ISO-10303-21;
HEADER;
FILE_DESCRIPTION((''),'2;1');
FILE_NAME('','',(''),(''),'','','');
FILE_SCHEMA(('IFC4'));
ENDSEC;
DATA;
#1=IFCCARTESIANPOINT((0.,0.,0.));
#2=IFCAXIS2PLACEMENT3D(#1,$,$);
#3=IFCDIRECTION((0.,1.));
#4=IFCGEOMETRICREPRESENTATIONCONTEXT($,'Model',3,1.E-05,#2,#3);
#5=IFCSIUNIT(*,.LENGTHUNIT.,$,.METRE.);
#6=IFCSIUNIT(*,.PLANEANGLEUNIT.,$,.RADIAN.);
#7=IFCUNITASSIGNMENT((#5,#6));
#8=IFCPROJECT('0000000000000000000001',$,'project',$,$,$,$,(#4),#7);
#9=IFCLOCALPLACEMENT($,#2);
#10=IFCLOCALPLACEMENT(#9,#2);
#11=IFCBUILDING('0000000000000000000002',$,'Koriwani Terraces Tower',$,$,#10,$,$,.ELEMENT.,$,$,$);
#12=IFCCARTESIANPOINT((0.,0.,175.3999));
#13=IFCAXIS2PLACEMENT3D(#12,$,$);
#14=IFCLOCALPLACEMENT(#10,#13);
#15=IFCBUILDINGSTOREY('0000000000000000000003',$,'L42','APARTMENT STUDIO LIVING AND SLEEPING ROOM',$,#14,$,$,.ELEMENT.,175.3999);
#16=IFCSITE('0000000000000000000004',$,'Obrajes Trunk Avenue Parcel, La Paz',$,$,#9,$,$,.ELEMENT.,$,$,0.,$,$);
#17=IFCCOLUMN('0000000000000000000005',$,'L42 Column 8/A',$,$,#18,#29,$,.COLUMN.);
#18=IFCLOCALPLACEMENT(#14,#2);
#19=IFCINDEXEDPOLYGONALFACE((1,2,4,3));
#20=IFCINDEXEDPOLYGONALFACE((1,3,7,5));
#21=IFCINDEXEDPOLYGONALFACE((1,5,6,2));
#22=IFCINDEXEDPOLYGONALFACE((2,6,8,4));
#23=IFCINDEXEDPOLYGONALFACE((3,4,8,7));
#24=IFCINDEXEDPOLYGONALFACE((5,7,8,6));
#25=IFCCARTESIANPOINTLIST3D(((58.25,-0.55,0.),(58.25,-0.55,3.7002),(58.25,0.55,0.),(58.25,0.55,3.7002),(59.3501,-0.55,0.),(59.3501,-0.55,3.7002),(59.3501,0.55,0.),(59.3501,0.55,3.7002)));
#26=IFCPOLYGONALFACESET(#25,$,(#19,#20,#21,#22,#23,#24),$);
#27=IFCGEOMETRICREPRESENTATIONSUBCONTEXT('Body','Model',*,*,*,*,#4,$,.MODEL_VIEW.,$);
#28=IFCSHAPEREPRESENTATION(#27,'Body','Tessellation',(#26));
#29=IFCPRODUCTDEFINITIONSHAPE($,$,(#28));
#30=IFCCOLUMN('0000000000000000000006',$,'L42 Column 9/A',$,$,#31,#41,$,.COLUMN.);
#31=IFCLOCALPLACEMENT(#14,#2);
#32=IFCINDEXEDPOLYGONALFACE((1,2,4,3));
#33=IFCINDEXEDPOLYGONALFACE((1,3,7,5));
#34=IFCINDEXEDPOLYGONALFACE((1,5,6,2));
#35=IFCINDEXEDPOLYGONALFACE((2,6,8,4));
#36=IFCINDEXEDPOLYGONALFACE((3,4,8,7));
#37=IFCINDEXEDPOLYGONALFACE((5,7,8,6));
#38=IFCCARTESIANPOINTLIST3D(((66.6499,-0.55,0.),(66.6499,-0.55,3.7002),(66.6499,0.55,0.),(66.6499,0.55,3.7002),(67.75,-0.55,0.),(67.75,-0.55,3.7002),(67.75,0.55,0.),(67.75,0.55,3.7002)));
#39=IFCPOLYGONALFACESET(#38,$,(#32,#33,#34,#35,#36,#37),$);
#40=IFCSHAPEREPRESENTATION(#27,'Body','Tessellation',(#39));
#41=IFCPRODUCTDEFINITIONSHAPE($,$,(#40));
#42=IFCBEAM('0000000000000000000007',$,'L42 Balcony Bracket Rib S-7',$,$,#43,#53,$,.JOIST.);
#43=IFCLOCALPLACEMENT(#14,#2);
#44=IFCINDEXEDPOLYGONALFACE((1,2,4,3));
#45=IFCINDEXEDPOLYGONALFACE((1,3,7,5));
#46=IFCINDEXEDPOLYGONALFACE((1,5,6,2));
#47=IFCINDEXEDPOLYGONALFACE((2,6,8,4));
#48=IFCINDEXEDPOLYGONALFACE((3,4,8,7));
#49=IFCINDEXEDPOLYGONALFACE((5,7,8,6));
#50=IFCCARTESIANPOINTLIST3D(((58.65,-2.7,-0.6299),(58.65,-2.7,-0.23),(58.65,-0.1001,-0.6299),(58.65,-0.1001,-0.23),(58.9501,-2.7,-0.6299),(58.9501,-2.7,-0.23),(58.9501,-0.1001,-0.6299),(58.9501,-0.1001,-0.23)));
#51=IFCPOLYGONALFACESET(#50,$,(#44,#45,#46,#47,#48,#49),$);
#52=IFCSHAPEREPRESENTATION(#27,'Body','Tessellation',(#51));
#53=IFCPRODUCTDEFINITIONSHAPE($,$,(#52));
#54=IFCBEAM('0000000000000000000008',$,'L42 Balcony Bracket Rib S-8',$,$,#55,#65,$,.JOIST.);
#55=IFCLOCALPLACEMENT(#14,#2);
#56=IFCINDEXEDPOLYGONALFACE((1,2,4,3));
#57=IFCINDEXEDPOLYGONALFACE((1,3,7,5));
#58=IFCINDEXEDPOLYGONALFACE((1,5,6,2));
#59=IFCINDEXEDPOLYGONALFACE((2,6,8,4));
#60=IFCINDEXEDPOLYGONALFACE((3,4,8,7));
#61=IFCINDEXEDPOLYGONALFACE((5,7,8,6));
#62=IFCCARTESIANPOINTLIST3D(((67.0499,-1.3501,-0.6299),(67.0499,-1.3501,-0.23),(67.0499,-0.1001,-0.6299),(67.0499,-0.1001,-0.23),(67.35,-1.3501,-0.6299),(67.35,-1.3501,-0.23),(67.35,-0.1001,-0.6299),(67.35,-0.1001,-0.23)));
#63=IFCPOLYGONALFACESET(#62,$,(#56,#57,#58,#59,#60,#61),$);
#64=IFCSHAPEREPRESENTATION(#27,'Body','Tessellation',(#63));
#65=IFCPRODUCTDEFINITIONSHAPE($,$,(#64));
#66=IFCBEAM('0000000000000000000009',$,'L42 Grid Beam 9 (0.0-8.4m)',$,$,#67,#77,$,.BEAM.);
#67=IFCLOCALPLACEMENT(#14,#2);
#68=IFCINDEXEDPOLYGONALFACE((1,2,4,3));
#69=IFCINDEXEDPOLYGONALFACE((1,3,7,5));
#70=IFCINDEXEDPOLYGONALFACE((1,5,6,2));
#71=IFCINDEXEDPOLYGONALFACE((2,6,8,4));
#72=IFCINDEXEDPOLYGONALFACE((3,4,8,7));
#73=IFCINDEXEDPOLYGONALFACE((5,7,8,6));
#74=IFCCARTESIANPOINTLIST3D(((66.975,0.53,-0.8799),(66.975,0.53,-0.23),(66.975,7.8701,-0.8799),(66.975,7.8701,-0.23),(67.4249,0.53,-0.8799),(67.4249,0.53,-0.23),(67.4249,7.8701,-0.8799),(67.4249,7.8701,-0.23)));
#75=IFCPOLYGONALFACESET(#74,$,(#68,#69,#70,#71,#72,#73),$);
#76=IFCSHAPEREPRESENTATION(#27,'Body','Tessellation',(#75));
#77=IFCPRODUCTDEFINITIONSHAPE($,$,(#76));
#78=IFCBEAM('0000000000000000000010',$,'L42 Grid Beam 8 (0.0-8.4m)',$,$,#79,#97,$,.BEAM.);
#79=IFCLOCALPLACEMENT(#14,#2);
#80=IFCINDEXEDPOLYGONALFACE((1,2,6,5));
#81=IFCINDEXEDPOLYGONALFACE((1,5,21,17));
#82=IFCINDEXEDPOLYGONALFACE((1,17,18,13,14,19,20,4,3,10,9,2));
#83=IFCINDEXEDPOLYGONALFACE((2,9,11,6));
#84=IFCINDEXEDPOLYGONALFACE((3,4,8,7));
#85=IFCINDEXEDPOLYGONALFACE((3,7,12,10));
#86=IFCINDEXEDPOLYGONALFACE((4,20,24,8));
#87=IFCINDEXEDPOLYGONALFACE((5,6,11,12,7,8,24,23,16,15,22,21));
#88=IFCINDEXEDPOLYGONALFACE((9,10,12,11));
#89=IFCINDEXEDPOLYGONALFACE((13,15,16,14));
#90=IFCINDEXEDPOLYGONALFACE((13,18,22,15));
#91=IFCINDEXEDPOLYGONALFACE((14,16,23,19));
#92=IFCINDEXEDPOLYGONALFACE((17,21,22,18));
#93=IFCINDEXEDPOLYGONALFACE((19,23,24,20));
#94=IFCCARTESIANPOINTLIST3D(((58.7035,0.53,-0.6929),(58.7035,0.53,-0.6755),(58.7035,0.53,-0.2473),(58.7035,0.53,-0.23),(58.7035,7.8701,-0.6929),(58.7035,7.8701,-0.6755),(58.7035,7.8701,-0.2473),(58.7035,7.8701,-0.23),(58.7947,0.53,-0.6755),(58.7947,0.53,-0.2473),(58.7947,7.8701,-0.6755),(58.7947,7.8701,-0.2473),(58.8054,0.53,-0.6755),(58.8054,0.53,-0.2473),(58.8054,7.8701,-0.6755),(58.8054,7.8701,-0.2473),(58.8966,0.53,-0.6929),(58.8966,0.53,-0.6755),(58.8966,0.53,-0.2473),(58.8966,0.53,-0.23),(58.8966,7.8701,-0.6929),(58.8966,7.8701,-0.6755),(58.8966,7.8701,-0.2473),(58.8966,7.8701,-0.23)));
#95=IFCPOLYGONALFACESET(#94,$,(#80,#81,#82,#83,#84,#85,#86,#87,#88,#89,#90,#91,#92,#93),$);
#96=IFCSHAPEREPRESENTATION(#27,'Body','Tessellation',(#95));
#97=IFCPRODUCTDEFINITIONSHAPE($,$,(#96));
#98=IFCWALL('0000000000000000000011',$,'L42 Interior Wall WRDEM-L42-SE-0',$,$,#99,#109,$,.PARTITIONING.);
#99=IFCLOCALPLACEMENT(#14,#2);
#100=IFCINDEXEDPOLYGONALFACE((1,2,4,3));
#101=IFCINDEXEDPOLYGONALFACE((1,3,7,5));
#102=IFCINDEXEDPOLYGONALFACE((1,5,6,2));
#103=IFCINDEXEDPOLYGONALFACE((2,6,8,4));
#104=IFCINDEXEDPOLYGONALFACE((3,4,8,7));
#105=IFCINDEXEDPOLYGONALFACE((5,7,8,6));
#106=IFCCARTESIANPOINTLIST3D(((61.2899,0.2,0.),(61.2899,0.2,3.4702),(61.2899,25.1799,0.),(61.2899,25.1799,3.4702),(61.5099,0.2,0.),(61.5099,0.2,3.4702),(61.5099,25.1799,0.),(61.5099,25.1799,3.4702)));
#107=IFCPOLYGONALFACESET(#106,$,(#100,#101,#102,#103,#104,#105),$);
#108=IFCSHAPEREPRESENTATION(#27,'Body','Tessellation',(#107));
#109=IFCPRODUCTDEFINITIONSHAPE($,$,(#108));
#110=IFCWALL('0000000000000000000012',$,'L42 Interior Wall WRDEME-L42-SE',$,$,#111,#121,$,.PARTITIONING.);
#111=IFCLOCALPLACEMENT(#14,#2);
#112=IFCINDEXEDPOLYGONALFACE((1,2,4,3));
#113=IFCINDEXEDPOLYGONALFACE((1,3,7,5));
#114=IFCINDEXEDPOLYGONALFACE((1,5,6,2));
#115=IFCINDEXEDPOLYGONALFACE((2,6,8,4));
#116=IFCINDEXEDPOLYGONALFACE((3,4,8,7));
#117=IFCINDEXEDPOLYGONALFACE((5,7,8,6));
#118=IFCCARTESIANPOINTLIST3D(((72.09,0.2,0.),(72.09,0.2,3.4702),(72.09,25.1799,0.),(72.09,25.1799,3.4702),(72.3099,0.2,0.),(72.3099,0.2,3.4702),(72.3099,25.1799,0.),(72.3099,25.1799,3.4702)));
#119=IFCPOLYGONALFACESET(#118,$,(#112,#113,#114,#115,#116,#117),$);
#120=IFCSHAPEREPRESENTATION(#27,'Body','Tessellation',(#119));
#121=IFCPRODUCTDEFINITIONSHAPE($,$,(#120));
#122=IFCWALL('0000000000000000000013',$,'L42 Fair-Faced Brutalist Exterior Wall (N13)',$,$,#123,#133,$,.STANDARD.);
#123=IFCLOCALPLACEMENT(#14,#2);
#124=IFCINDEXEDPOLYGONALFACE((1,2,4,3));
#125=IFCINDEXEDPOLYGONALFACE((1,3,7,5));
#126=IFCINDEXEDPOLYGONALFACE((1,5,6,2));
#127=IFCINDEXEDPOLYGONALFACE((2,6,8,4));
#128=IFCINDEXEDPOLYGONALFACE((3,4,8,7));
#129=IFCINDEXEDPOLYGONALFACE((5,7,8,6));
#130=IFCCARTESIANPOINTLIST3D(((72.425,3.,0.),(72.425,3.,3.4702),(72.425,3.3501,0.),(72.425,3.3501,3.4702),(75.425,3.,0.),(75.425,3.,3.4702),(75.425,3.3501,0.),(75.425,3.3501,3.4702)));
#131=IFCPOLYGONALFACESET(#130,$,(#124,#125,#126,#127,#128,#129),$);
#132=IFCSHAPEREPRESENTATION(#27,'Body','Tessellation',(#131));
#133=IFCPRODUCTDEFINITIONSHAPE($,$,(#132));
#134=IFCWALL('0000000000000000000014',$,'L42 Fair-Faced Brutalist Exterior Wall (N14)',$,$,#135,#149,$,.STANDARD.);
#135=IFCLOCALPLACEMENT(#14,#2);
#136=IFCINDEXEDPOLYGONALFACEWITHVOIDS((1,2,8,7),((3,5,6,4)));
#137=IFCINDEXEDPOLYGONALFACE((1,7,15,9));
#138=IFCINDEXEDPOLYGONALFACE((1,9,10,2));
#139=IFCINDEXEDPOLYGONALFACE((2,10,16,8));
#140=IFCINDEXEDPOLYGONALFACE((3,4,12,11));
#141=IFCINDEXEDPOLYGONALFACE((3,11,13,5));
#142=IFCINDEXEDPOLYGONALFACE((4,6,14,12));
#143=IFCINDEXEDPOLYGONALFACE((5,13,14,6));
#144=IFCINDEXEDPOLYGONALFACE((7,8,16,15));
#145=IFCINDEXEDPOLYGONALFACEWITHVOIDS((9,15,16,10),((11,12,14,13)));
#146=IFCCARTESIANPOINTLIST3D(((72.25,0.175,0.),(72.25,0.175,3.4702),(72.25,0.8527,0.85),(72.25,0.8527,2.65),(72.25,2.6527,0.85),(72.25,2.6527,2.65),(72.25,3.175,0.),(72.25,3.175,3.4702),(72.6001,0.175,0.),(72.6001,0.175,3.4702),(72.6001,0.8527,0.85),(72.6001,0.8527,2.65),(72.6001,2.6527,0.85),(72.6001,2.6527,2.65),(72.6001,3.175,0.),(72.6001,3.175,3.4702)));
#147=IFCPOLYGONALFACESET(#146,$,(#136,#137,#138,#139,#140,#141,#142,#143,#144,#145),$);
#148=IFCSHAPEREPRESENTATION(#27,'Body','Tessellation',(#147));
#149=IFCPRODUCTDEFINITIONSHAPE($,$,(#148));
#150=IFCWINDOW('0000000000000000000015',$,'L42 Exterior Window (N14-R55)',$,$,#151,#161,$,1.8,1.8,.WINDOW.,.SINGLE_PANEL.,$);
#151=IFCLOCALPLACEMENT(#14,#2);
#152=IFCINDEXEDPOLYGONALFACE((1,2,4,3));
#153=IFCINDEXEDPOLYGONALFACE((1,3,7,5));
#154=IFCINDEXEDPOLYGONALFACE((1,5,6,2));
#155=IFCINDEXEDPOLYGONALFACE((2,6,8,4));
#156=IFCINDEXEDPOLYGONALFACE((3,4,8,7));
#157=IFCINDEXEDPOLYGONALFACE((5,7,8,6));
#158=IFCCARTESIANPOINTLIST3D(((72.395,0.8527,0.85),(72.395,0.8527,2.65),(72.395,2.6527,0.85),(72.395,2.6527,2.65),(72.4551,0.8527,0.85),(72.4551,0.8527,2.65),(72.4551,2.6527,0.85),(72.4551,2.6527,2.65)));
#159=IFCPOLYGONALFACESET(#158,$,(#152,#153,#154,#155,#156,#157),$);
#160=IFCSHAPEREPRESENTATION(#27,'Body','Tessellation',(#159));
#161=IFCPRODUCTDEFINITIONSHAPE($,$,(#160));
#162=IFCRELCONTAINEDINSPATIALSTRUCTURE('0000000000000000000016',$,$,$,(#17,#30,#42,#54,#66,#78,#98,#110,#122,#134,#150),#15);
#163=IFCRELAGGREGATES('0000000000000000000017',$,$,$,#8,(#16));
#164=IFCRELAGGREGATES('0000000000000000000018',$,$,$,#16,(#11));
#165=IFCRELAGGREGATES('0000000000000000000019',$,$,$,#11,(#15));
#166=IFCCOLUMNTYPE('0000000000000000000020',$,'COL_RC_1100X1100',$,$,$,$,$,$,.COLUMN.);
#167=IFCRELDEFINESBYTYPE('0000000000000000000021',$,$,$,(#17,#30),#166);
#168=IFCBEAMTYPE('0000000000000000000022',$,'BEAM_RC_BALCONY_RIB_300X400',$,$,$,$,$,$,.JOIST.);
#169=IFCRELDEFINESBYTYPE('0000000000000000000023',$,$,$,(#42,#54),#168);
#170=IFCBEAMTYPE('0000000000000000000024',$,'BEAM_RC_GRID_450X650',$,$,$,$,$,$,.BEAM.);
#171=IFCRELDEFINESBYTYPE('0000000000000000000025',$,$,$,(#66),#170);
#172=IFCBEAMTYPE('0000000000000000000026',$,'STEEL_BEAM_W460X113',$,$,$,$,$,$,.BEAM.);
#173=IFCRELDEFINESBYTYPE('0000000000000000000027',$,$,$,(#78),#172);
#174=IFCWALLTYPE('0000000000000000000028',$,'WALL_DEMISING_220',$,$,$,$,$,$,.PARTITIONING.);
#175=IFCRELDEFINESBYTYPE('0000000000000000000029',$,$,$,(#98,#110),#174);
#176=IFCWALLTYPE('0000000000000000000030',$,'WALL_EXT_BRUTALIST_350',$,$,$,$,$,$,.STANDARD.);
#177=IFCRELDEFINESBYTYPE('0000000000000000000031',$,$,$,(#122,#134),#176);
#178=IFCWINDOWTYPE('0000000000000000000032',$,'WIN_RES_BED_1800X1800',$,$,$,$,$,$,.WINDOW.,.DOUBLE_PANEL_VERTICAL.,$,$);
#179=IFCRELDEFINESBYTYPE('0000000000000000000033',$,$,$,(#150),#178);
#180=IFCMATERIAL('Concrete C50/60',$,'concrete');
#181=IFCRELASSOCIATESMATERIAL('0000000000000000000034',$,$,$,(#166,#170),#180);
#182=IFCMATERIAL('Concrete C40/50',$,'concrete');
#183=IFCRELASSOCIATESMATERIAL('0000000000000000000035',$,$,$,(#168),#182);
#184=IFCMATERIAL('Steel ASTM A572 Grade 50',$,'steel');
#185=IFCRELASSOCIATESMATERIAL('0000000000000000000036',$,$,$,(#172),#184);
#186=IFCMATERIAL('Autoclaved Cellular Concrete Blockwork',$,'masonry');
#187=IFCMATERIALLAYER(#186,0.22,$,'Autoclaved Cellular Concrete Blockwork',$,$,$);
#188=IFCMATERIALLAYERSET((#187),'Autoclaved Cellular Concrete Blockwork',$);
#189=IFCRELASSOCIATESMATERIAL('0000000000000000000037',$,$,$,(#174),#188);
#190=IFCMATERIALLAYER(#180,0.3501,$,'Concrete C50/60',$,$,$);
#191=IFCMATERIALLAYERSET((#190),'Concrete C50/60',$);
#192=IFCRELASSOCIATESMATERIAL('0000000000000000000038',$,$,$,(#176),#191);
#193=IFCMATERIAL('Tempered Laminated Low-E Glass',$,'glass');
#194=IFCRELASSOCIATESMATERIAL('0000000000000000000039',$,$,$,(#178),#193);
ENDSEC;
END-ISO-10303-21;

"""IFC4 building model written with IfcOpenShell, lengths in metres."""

from ifc_helpers import new_model, si_unit, direction, frame, frame_2d, origin, origin_2d, place, context, subcontext, project, spatial, rectangle, i_section, extrude, material, layer, layer_set, material_profile, profile_set, type_object, element, fill, save


model = new_model("IFC4")

# Units and contexts
model_context = context("Model", 3, precision=1e-05, world=origin(), true_north=direction((0.0, 1.0)))
body_context = subcontext(model_context, "Body", "Model", "MODEL_VIEW")
ifc_project = project(units=[si_unit("LENGTHUNIT", "METRE"), si_unit("PLANEANGLEUNIT", "RADIAN")], contexts=[model_context])

# Site, building, storey
site_placement = place(None, origin())
site = spatial("IfcSite", under=ifc_project, at=site_placement, Name="Obrajes Trunk Avenue Parcel, La Paz", CompositionType="ELEMENT", RefElevation=0.0)
building_placement = place(site_placement, origin())
building = spatial("IfcBuilding", under=site, at=building_placement, Name="Koriwani Terraces Tower", CompositionType="ELEMENT")
storey_placement = place(building_placement, frame((0.0, 0.0, 175.3999)))
storey = spatial("IfcBuildingStorey", under=building, at=storey_placement, Name="L42", Description="APARTMENT STUDIO LIVING AND SLEEPING ROOM", CompositionType="ELEMENT", Elevation=175.3999)

# Columns
ifc_material_1 = material(Name="Concrete C50/60", Category="concrete")
ifc_material_profile_1 = material_profile(ifc_material_1, rectangle(XDim=1.1001, YDim=1.1001, at=origin_2d()), Name="Concrete C50/60", Category="LoadBearing")
ifc_profile_set_1 = profile_set([ifc_material_profile_1], Name="Concrete C50/60")
column_type = type_object("IfcColumnType", Name="COL_RC_1100X1100", PredefinedType="COLUMN", material=ifc_profile_set_1)
for number, where, z_axis, x_axis, name in (
    (1, (58.8, 0.0, 0.0), (0.0, 0.0, 1.0), (1.0, 0.0, 0.0), "L42 Column 8/A"),
    (2, (67.2, 0.0, 0.0), (0.0, 0.0, 1.0), (1.0, 0.0, 0.0), "L42 Column 9/A"),
):
    element("IfcColumn", number, at=place(storey_placement, frame(where, z_axis=z_axis, x_axis=x_axis)), inside=storey, type_object=column_type, Name=name, PredefinedType="COLUMN", context=body_context, shape_type="SweptSolid", body=[
        extrude(rectangle(XDim=1.1001, YDim=1.1001, at=origin_2d()), origin(), (0.0, 0.0, 1.0), 3.7002),
    ])

# Beams
ifc_material_2 = material(Name="Concrete C40/50", Category="concrete")
ifc_material_profile_2 = material_profile(ifc_material_2, rectangle(XDim=0.3, YDim=0.3999, at=origin_2d()), Name="Concrete C40/50", Category="LoadBearing")
ifc_profile_set_2 = profile_set([ifc_material_profile_2], Name="Concrete C40/50")
beam_type_1 = type_object("IfcBeamType", Name="BEAM_RC_BALCONY_RIB_300X400", PredefinedType="JOIST", material=ifc_profile_set_2)
beam_1_placement = place(storey_placement, frame((58.8, -2.7, -0.4299), z_axis=(0.0, 1.0, 0.0), x_axis=(-1.0, 0.0, 0.0)))
element("IfcBeam", 3, at=beam_1_placement, inside=storey, type_object=beam_type_1, Name="L42 Balcony Bracket Rib S-7", PredefinedType="JOIST", context=body_context, shape_type="SweptSolid", body=[
    extrude(rectangle(XDim=0.3, YDim=0.3999, at=origin_2d()), origin(), (0.0, 0.0, 1.0), 2.5999),
])
beam_2_placement = place(storey_placement, frame((67.2, -1.3501, -0.4299), z_axis=(0.0, 1.0, 0.0), x_axis=(-1.0, 0.0, 0.0)))
element("IfcBeam", 4, at=beam_2_placement, inside=storey, type_object=beam_type_1, Name="L42 Balcony Bracket Rib S-8", PredefinedType="JOIST", context=body_context, shape_type="SweptSolid", body=[
    extrude(rectangle(XDim=0.3, YDim=0.3999, at=origin_2d()), origin(), (0.0, 0.0, 1.0), 1.25),
])
ifc_material_profile_3 = material_profile(ifc_material_1, rectangle(XDim=0.45, YDim=0.6499, at=origin_2d()), Name="Concrete C50/60", Category="LoadBearing")
ifc_profile_set_3 = profile_set([ifc_material_profile_3], Name="Concrete C50/60")
beam_type_2 = type_object("IfcBeamType", Name="BEAM_RC_GRID_450X650", PredefinedType="BEAM", material=ifc_profile_set_3)
beam_3_placement = place(storey_placement, frame((67.2, 0.53, -0.5549), z_axis=(0.0, 1.0, 0.0), x_axis=(-1.0, 0.0, 0.0)))
element("IfcBeam", 5, at=beam_3_placement, inside=storey, type_object=beam_type_2, Name="L42 Grid Beam 9 (0.0-8.4m)", PredefinedType="BEAM", context=body_context, shape_type="SweptSolid", body=[
    extrude(rectangle(XDim=0.45, YDim=0.6499, at=origin_2d()), origin(), (0.0, 0.0, 1.0), 7.3401),
])
ifc_material_3 = material(Name="Steel ASTM A572 Grade 50", Category="steel")
ifc_material_profile_4 = material_profile(ifc_material_3, i_section(OverallWidth=0.1931, OverallDepth=0.4629, WebThickness=0.0107, FlangeThickness=0.0173, at=origin_2d()), Name="Steel ASTM A572 Grade 50", Category="LoadBearing")
ifc_profile_set_4 = profile_set([ifc_material_profile_4], Name="Steel ASTM A572 Grade 50")
beam_type_3 = type_object("IfcBeamType", Name="STEEL_BEAM_W460X113", PredefinedType="BEAM", material=ifc_profile_set_4)
beam_4_placement = place(storey_placement, frame((58.8, 0.53, -0.4614), z_axis=(0.0, 1.0, 0.0), x_axis=(-1.0, 0.0, 0.0)))
element("IfcBeam", 6, at=beam_4_placement, inside=storey, type_object=beam_type_3, Name="L42 Grid Beam 8 (0.0-8.4m)", PredefinedType="BEAM", context=body_context, shape_type="SweptSolid", body=[
    extrude(i_section(OverallWidth=0.1931, OverallDepth=0.4629, WebThickness=0.0107, FlangeThickness=0.0173, at=origin_2d()), origin(), (0.0, 0.0, 1.0), 7.3401),
])

# Walls
ifc_material_4 = material(Name="Autoclaved Cellular Concrete Blockwork", Category="masonry")
ifc_layer_1 = layer(ifc_material_4, 0.22, Name="Autoclaved Cellular Concrete Blockwork")
ifc_layer_set_1 = layer_set([ifc_layer_1], Name="Autoclaved Cellular Concrete Blockwork")
wall_type_1 = type_object("IfcWallType", Name="WALL_DEMISING_220", PredefinedType="PARTITIONING", material=ifc_layer_set_1)
for number, where, z_axis, x_axis, name in (
    (7, (61.3999, 0.2, 0.0), (0.0, 0.0, 1.0), (0.0, 1.0, 0.0), "L42 Interior Wall WRDEM-L42-SE-0"),
    (8, (72.2, 0.2, 0.0), (0.0, 0.0, 1.0), (0.0, 1.0, 0.0), "L42 Interior Wall WRDEME-L42-SE"),
):
    element("IfcWall", number, at=place(storey_placement, frame(where, z_axis=z_axis, x_axis=x_axis)), inside=storey, type_object=wall_type_1, Name=name, PredefinedType="PARTITIONING", context=body_context, shape_type="SweptSolid", body=[
        extrude(rectangle(XDim=24.98, YDim=0.22, at=frame_2d((12.49, 0.0))), origin(), (0.0, 0.0, 1.0), 3.4702),
    ])
ifc_layer_2 = layer(ifc_material_1, 0.3501, Name="Concrete C50/60")
ifc_layer_set_2 = layer_set([ifc_layer_2], Name="Concrete C50/60")
wall_type_2 = type_object("IfcWallType", Name="WALL_EXT_BRUTALIST_350", PredefinedType="STANDARD", material=ifc_layer_set_2)
wall_1_placement = place(storey_placement, frame((75.425, 3.175, 0.0), z_axis=(0.0, 0.0, 1.0), x_axis=(-1.0, 0.0, 0.0)))
element("IfcWall", 9, at=wall_1_placement, inside=storey, type_object=wall_type_2, Name="L42 Fair-Faced Brutalist Exterior Wall (N13)", PredefinedType="STANDARD", context=body_context, shape_type="SweptSolid", body=[
    extrude(rectangle(XDim=3.0, YDim=0.3501, at=frame_2d((1.5, 0.0))), origin(), (0.0, 0.0, 1.0), 3.4702),
])

# Wall, opening, window
wall_2_placement = place(storey_placement, frame((72.425, 3.175, 0.0), z_axis=(0.0, 0.0, 1.0), x_axis=(0.0, -1.0, 0.0)))
wall_2 = element("IfcWall", 10, at=wall_2_placement, inside=storey, type_object=wall_type_2, Name="L42 Fair-Faced Brutalist Exterior Wall (N14)", PredefinedType="STANDARD", context=body_context, shape_type="SweptSolid", body=[
    extrude(rectangle(XDim=3.0, YDim=0.3501, at=frame_2d((1.5, 0.0))), origin(), (0.0, 0.0, 1.0), 3.4702),
])
opening_1_placement = place(wall_2_placement, frame((0.5225, 0.0, 0.8501)))
opening_1 = element("IfcOpeningElement", 11, at=opening_1_placement, cuts=wall_2, PredefinedType="OPENING", context=body_context, shape_type="SweptSolid", body=[
    extrude(rectangle(XDim=1.8, YDim=1.8, at=frame_2d((0.8999, 0.8999))), frame((0.0, 0.1851, 0.0), z_axis=(0.0, -1.0, 0.0), x_axis=(1.0, 0.0, 0.0)), (0.0, 0.0, 1.0), 0.3701),
])
ifc_material_5 = material(Name="Tempered Laminated Low-E Glass", Category="glass")
window_type_1 = type_object("IfcWindowType", Name="WIN_RES_BED_1800X1800", PartitioningType="DOUBLE_PANEL_VERTICAL", PredefinedType="WINDOW", material=ifc_material_5)
window_1_placement = place(opening_1_placement, origin())
window_1 = element("IfcWindow", 12, at=window_1_placement, inside=storey, type_object=window_type_1, Name="L42 Exterior Window (N14-R55)", OverallHeight=1.8, OverallWidth=1.8, PartitioningType="SINGLE_PANEL", PredefinedType="WINDOW", context=body_context, shape_type="SweptSolid", body=[
    extrude(rectangle(XDim=1.8, YDim=1.8, at=frame_2d((0.8999, 0.8999))), frame((0.0, 0.03, 0.0), z_axis=(0.0, -1.0, 0.0), x_axis=(1.0, 0.0, 0.0)), (0.0, 0.0, 1.0), 0.0601),
])
fill(opening_1, window_1)

save(model, "model.ifc")
